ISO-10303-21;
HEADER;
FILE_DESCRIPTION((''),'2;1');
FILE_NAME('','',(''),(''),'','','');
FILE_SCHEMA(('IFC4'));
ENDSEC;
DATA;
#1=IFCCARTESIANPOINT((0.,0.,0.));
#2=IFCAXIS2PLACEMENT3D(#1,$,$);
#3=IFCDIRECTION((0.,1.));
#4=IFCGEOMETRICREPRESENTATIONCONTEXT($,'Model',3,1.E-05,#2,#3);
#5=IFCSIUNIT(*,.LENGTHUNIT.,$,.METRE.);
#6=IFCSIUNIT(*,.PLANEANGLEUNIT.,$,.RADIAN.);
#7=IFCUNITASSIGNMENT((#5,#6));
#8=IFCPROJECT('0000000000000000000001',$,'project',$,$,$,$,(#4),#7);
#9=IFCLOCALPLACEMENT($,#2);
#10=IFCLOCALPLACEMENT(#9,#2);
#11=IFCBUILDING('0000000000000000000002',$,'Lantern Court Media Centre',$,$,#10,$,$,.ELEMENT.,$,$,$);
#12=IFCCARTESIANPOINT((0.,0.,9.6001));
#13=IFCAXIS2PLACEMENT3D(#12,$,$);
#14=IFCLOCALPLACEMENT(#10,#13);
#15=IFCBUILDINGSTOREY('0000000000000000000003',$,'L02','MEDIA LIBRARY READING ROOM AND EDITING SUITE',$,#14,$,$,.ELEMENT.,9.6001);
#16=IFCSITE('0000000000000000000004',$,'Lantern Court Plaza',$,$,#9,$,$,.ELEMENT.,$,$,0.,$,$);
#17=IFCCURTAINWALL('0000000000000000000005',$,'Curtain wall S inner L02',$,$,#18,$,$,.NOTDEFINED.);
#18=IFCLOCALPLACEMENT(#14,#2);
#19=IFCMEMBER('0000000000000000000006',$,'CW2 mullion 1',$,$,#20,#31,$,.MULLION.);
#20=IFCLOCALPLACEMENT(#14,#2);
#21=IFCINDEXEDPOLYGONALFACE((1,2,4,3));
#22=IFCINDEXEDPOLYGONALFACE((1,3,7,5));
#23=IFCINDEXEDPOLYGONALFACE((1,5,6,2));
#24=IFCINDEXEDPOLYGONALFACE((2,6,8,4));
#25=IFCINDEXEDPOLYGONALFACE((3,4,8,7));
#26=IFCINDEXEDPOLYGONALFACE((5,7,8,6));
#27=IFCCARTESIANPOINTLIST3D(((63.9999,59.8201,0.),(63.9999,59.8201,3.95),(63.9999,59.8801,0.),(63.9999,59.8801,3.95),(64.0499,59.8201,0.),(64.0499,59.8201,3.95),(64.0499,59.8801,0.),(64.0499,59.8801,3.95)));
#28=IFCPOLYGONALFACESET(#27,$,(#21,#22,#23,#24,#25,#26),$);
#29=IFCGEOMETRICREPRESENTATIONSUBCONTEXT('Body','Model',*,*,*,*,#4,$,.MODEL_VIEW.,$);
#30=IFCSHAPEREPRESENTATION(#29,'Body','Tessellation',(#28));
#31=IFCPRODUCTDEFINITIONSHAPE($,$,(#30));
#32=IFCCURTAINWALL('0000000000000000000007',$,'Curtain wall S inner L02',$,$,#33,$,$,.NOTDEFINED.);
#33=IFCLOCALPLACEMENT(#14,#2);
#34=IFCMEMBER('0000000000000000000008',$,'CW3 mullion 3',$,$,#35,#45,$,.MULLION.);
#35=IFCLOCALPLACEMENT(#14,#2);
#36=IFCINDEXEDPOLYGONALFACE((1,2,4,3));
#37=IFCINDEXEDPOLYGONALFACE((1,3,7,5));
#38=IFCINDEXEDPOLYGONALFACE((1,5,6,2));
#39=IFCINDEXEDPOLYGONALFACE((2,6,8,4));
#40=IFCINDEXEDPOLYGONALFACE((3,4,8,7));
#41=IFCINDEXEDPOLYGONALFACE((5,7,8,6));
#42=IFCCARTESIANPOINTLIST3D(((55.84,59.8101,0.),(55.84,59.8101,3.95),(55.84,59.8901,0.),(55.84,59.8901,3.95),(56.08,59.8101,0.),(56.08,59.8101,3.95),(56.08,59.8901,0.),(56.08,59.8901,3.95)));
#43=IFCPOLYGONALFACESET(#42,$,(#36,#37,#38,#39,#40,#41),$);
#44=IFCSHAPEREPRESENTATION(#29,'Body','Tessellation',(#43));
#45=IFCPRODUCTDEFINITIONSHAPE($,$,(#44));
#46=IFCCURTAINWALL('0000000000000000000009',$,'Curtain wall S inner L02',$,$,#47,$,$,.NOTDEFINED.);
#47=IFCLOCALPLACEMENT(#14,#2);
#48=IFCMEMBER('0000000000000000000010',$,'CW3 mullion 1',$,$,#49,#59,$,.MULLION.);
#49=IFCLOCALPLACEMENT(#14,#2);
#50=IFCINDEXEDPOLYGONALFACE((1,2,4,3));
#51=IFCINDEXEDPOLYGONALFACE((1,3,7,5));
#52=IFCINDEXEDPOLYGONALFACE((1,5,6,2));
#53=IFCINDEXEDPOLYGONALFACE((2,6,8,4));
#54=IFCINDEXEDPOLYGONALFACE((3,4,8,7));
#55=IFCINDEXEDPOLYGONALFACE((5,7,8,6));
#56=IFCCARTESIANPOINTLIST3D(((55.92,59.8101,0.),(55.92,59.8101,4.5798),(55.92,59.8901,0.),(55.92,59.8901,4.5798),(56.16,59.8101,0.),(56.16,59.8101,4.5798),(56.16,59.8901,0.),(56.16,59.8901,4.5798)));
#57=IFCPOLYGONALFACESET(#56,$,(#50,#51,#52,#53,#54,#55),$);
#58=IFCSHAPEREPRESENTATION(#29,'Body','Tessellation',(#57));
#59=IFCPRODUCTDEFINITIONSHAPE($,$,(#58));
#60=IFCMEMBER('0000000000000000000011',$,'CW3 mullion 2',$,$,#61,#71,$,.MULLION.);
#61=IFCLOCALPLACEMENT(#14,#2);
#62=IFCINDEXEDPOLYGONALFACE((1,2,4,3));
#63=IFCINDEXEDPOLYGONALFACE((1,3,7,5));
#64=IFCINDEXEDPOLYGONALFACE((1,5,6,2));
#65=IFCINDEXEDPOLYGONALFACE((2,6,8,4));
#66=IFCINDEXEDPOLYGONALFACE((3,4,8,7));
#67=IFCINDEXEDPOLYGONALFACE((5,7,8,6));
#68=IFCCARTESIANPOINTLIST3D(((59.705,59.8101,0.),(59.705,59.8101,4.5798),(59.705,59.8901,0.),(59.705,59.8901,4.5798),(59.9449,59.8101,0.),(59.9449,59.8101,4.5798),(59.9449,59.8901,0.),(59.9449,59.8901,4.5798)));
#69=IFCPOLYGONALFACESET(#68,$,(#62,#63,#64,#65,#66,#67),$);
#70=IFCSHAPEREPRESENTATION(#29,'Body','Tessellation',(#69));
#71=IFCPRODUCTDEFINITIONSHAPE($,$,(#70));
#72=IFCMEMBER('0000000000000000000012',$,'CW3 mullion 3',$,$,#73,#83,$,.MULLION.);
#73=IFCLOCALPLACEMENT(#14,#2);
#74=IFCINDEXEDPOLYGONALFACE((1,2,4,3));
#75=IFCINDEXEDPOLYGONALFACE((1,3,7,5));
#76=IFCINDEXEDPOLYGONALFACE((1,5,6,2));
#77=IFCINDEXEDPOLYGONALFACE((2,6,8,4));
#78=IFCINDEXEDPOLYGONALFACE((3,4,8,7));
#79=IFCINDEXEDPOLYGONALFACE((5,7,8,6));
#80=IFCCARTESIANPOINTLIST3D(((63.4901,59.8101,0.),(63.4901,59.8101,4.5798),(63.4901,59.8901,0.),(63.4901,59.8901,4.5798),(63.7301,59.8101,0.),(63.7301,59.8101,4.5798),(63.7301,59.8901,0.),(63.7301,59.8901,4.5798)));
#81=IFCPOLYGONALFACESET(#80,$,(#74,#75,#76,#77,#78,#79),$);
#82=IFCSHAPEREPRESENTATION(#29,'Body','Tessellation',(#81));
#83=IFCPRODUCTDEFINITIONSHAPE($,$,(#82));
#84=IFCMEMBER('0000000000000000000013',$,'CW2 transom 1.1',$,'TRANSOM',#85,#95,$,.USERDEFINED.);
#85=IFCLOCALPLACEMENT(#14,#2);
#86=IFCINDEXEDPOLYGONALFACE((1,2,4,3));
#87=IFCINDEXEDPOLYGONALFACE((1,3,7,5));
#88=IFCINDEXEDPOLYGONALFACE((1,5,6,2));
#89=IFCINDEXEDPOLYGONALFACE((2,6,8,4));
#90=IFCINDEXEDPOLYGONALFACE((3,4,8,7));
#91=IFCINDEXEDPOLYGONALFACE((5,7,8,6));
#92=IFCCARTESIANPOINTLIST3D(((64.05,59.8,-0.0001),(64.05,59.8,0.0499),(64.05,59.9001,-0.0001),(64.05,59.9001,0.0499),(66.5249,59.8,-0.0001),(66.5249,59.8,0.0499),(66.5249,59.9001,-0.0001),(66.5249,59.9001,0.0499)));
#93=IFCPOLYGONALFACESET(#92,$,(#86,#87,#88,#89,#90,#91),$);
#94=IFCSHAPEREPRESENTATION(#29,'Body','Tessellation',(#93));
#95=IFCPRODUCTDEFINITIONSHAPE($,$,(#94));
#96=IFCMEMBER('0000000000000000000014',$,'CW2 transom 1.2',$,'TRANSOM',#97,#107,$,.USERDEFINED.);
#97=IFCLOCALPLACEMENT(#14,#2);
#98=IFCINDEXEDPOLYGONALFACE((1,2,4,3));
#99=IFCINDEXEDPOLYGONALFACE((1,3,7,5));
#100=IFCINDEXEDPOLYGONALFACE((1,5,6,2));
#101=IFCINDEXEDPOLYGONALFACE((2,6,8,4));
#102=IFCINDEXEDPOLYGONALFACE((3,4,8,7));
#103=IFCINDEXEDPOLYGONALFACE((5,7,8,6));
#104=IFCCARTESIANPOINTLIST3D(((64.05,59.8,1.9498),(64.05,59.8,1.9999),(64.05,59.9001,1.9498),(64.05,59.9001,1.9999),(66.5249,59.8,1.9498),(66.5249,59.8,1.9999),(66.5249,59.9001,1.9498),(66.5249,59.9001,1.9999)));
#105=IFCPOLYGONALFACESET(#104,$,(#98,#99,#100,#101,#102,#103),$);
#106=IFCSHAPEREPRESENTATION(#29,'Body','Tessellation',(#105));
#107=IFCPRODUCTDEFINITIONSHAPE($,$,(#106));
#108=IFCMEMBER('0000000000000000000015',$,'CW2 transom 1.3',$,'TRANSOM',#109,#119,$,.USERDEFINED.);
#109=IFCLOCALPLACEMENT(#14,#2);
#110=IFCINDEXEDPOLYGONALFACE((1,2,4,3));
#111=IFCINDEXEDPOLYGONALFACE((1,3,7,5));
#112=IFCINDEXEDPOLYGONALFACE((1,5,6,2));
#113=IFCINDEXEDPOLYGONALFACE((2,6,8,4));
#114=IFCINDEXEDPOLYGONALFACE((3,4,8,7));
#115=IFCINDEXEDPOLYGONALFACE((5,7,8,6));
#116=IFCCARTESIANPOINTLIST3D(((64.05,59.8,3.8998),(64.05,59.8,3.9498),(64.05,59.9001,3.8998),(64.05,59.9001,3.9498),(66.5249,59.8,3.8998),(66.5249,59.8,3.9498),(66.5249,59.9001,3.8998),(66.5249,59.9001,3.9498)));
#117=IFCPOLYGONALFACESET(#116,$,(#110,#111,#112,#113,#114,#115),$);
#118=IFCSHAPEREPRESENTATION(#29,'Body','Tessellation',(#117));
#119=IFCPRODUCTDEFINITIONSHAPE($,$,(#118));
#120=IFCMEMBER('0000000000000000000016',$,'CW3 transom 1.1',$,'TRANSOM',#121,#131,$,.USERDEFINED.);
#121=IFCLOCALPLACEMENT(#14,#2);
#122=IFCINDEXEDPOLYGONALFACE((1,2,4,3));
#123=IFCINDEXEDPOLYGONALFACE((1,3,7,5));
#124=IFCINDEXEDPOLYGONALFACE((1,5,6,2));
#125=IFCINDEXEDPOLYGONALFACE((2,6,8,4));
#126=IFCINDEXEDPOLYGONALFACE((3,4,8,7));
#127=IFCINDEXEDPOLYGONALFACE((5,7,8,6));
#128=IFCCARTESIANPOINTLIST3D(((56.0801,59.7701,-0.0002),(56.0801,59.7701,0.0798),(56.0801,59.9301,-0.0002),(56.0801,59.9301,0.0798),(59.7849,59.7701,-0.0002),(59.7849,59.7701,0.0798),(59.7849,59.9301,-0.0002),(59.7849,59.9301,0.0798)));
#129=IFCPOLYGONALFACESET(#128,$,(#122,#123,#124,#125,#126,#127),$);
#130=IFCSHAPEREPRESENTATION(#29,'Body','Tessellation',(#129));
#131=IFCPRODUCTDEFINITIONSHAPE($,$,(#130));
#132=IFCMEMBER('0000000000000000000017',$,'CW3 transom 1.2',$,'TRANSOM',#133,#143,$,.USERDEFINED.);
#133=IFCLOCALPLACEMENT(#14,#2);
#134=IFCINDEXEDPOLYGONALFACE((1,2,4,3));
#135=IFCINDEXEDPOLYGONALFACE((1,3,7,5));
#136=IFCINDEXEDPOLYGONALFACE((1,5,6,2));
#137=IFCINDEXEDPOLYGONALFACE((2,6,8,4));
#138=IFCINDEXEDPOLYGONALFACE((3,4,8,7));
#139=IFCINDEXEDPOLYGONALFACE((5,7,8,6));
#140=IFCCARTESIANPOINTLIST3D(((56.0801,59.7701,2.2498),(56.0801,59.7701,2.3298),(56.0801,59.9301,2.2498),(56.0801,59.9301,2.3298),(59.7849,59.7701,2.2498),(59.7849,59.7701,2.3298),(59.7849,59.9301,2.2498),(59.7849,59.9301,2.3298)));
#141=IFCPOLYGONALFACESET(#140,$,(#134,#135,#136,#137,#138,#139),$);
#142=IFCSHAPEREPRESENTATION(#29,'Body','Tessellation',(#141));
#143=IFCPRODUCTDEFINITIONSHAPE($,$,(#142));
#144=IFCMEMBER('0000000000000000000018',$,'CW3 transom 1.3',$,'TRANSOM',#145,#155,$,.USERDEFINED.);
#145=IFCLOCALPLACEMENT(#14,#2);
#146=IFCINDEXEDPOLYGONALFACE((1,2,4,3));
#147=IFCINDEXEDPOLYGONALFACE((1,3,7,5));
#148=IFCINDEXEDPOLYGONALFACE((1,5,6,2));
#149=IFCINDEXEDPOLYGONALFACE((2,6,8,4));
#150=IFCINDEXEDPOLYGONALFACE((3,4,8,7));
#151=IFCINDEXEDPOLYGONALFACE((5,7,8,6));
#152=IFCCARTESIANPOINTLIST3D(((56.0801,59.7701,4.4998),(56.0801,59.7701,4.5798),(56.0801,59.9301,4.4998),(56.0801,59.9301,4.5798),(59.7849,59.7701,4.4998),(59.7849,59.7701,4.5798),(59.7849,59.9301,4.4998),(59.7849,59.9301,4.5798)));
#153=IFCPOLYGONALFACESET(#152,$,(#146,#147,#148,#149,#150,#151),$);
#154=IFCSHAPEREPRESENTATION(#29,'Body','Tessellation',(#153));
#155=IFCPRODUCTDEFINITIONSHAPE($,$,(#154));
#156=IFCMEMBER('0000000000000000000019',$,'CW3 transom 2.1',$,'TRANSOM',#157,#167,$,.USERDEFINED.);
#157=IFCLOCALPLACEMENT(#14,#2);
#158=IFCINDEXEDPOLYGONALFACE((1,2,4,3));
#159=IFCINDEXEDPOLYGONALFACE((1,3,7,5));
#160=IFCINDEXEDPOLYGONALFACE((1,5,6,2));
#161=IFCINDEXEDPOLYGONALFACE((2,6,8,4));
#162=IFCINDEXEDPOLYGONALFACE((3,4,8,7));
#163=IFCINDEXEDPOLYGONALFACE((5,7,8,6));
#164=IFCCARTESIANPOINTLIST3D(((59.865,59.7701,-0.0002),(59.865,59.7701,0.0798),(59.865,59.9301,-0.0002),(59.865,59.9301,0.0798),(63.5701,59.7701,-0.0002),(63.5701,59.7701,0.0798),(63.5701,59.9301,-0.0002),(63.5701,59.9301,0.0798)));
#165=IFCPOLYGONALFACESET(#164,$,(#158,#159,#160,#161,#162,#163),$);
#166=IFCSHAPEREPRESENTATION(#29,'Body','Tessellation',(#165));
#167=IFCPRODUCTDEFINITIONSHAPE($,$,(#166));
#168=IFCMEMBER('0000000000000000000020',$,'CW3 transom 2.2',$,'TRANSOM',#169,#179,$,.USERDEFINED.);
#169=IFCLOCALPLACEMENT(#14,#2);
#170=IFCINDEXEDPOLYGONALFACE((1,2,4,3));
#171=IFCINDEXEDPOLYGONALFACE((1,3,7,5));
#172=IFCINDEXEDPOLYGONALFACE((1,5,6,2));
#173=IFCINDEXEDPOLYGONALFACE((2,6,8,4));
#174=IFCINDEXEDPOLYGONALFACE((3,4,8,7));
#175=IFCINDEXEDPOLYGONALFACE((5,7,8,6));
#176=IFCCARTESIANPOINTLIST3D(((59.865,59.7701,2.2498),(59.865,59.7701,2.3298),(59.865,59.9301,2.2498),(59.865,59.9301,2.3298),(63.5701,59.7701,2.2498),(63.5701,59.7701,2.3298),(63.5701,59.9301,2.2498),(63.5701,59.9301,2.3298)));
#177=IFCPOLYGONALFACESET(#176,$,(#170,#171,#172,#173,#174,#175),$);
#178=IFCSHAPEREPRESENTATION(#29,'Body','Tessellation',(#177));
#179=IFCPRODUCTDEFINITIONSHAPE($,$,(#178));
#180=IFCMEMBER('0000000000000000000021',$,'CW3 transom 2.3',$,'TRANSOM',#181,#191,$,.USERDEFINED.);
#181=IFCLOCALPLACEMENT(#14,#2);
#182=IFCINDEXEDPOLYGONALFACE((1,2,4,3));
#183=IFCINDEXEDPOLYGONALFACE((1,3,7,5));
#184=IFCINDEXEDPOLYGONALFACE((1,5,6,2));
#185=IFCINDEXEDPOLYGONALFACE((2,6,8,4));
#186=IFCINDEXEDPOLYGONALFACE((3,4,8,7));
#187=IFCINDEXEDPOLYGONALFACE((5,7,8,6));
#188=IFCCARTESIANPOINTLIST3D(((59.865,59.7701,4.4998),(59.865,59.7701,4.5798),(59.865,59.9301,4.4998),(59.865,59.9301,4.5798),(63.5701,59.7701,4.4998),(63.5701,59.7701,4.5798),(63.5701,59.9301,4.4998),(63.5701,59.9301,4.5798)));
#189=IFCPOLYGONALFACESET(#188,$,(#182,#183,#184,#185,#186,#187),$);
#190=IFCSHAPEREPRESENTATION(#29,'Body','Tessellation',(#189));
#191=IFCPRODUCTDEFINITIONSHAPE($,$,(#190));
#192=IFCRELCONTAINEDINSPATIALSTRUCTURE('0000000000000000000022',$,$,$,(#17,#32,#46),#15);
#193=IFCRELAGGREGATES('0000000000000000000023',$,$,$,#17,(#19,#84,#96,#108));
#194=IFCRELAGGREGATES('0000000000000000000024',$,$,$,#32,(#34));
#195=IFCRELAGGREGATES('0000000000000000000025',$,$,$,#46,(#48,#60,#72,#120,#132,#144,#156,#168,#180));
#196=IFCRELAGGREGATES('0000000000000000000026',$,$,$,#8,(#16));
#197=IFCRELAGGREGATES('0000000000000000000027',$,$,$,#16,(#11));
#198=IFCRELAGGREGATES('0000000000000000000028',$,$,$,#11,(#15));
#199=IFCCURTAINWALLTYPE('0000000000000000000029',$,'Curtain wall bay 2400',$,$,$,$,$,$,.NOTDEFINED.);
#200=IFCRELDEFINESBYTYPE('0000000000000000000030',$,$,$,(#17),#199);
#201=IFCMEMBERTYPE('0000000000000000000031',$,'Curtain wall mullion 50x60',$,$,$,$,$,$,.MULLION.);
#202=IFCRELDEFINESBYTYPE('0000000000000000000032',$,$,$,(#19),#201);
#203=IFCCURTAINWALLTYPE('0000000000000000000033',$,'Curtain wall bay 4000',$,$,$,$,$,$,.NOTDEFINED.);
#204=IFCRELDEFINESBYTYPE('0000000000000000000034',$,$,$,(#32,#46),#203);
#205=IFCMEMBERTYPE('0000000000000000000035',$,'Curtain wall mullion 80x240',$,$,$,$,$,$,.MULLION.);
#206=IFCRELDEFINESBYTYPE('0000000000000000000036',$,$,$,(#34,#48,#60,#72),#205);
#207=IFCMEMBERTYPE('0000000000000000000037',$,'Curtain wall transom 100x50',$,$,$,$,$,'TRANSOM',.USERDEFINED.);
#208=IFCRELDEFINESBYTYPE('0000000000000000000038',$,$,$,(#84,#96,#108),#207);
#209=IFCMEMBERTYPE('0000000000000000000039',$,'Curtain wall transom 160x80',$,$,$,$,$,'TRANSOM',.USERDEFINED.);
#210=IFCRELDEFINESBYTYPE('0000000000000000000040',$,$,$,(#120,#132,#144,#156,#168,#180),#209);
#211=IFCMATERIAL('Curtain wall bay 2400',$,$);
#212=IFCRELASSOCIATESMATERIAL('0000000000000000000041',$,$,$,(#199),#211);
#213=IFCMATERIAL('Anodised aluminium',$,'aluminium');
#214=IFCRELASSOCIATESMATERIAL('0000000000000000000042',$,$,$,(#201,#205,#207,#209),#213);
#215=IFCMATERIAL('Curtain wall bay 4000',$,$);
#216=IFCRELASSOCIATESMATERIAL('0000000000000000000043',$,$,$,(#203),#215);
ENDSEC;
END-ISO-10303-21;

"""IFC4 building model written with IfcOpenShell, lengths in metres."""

from ifc_helpers import new_model, si_unit, direction, frame, origin, origin_2d, place, context, subcontext, project, spatial, rectangle, extrude, material, material_profile, profile_set, type_object, element, aggregate, save


model = new_model("IFC4")

# Units and contexts
model_context = context("Model", 3, precision=1e-05, world=origin(), true_north=direction((0.0, 1.0)))
body_context = subcontext(model_context, "Body", "Model", "MODEL_VIEW")
ifc_project = project(units=[si_unit("LENGTHUNIT", "METRE"), si_unit("PLANEANGLEUNIT", "RADIAN")], contexts=[model_context])

# Site, building, storey
site_placement = place(None, origin())
site = spatial("IfcSite", under=ifc_project, at=site_placement, Name="Lantern Court Plaza", CompositionType="ELEMENT", RefElevation=0.0)
building_placement = place(site_placement, origin())
building = spatial("IfcBuilding", under=site, at=building_placement, Name="Lantern Court Media Centre", CompositionType="ELEMENT")
storey_placement = place(building_placement, frame((0.0, 0.0, 9.6001)))
storey = spatial("IfcBuildingStorey", under=building, at=storey_placement, Name="L02", Description="MEDIA LIBRARY READING ROOM AND EDITING SUITE", CompositionType="ELEMENT", Elevation=9.6001)

# Curtain walls, members
ifc_material_1 = material(Name="Curtain wall bay 2400")
curtain_wall_type_1 = type_object("IfcCurtainWallType", Name="Curtain wall bay 2400", PredefinedType="NOTDEFINED", material=ifc_material_1)
curtain_wall_1_placement = place(storey_placement, origin())
curtain_wall_1 = element("IfcCurtainWall", 1, at=curtain_wall_1_placement, inside=storey, type_object=curtain_wall_type_1, Name="Curtain wall S inner L02", PredefinedType="NOTDEFINED")
ifc_material_2 = material(Name="Anodised aluminium", Category="aluminium")
ifc_material_profile_1 = material_profile(ifc_material_2, rectangle(XDim=0.0601, YDim=0.05, at=origin_2d()), Name="AL 50x60")
ifc_profile_set_1 = profile_set([ifc_material_profile_1], Name="Anodised aluminium")
member_type_1 = type_object("IfcMemberType", Name="Curtain wall mullion 50x60", PredefinedType="MULLION", material=ifc_profile_set_1)
member_1_placement = place(storey_placement, frame((64.0249, 59.8501, 0.0), z_axis=(0.0, 0.0, 1.0), x_axis=(0.0, 1.0, 0.0)))
member_1 = element("IfcMember", 2, at=member_1_placement, type_object=member_type_1, Name="CW2 mullion 1", PredefinedType="MULLION", context=body_context, shape_type="SweptSolid", body=[
    extrude(rectangle(XDim=0.0601, YDim=0.05, at=origin_2d()), origin(), (0.0, 0.0, 1.0), 3.95),
])
ifc_material_3 = material(Name="Curtain wall bay 4000")
curtain_wall_type_2 = type_object("IfcCurtainWallType", Name="Curtain wall bay 4000", PredefinedType="NOTDEFINED", material=ifc_material_3)
curtain_wall_2_placement = place(storey_placement, origin())
curtain_wall_2 = element("IfcCurtainWall", 3, at=curtain_wall_2_placement, inside=storey, type_object=curtain_wall_type_2, Name="Curtain wall S inner L02", PredefinedType="NOTDEFINED")
ifc_material_profile_2 = material_profile(ifc_material_2, rectangle(XDim=0.0801, YDim=0.24, at=origin_2d()), Name="AL 80x240")
ifc_profile_set_2 = profile_set([ifc_material_profile_2], Name="Anodised aluminium")
member_type_2 = type_object("IfcMemberType", Name="Curtain wall mullion 80x240", PredefinedType="MULLION", material=ifc_profile_set_2)
member_2_placement = place(storey_placement, frame((55.96, 59.8501, 0.0), z_axis=(0.0, 0.0, 1.0), x_axis=(0.0, 1.0, 0.0)))
member_2 = element("IfcMember", 4, at=member_2_placement, type_object=member_type_2, Name="CW3 mullion 3", PredefinedType="MULLION", context=body_context, shape_type="SweptSolid", body=[
    extrude(rectangle(XDim=0.0801, YDim=0.24, at=origin_2d()), origin(), (0.0, 0.0, 1.0), 3.95),
])

# Curtain wall, members
curtain_wall_3_placement = place(storey_placement, origin())
curtain_wall_3 = element("IfcCurtainWall", 5, at=curtain_wall_3_placement, inside=storey, type_object=curtain_wall_type_2, Name="Curtain wall S inner L02", PredefinedType="NOTDEFINED")
member_3_placement = place(storey_placement, frame((56.04, 59.8501, 0.0), z_axis=(0.0, 0.0, 1.0), x_axis=(0.0, 1.0, 0.0)))
member_3 = element("IfcMember", 6, at=member_3_placement, type_object=member_type_2, Name="CW3 mullion 1", PredefinedType="MULLION", context=body_context, shape_type="SweptSolid", body=[
    extrude(rectangle(XDim=0.0801, YDim=0.24, at=origin_2d()), origin(), (0.0, 0.0, 1.0), 4.5798),
])
member_4_placement = place(storey_placement, frame((59.825, 59.8501, 0.0), z_axis=(0.0, 0.0, 1.0), x_axis=(0.0, 1.0, 0.0)))
member_4 = element("IfcMember", 7, at=member_4_placement, type_object=member_type_2, Name="CW3 mullion 2", PredefinedType="MULLION", context=body_context, shape_type="SweptSolid", body=[
    extrude(rectangle(XDim=0.0801, YDim=0.24, at=origin_2d()), origin(), (0.0, 0.0, 1.0), 4.5798),
])
member_5_placement = place(storey_placement, frame((63.6101, 59.8501, 0.0), z_axis=(0.0, 0.0, 1.0), x_axis=(0.0, 1.0, 0.0)))
member_5 = element("IfcMember", 8, at=member_5_placement, type_object=member_type_2, Name="CW3 mullion 3", PredefinedType="MULLION", context=body_context, shape_type="SweptSolid", body=[
    extrude(rectangle(XDim=0.0801, YDim=0.24, at=origin_2d()), origin(), (0.0, 0.0, 1.0), 4.5798),
])

# Members
ifc_material_profile_3 = material_profile(ifc_material_2, rectangle(XDim=0.1001, YDim=0.05, at=origin_2d()), Name="AL 50x100")
ifc_profile_set_3 = profile_set([ifc_material_profile_3], Name="Anodised aluminium")
member_type_3 = type_object("IfcMemberType", Name="Curtain wall transom 100x50", ElementType="TRANSOM", PredefinedType="USERDEFINED", material=ifc_profile_set_3)
member_6_placement = place(storey_placement, frame((64.05, 59.8501, 0.0249), z_axis=(1.0, 0.0, 0.0), x_axis=(0.0, 1.0, 0.0)))
member_6 = element("IfcMember", 9, at=member_6_placement, type_object=member_type_3, Name="CW2 transom 1.1", ObjectType="TRANSOM", PredefinedType="USERDEFINED", context=body_context, shape_type="SweptSolid", body=[
    extrude(rectangle(XDim=0.1001, YDim=0.05, at=origin_2d()), origin(), (0.0, 0.0, 1.0), 2.4749),
])
member_7_placement = place(storey_placement, frame((64.05, 59.8501, 1.9749), z_axis=(1.0, 0.0, 0.0), x_axis=(0.0, 1.0, 0.0)))
member_7 = element("IfcMember", 10, at=member_7_placement, type_object=member_type_3, Name="CW2 transom 1.2", ObjectType="TRANSOM", PredefinedType="USERDEFINED", context=body_context, shape_type="SweptSolid", body=[
    extrude(rectangle(XDim=0.1001, YDim=0.05, at=origin_2d()), origin(), (0.0, 0.0, 1.0), 2.4749),
])
member_8_placement = place(storey_placement, frame((64.05, 59.8501, 3.9248), z_axis=(1.0, 0.0, 0.0), x_axis=(0.0, 1.0, 0.0)))
member_8 = element("IfcMember", 11, at=member_8_placement, type_object=member_type_3, Name="CW2 transom 1.3", ObjectType="TRANSOM", PredefinedType="USERDEFINED", context=body_context, shape_type="SweptSolid", body=[
    extrude(rectangle(XDim=0.1001, YDim=0.05, at=origin_2d()), origin(), (0.0, 0.0, 1.0), 2.4749),
])
aggregate(curtain_wall_1, [member_1, member_6, member_7, member_8])
ifc_material_profile_4 = material_profile(ifc_material_2, rectangle(XDim=0.1599, YDim=0.0801, at=origin_2d()), Name="AL 80x160")
ifc_profile_set_4 = profile_set([ifc_material_profile_4], Name="Anodised aluminium")
member_type_4 = type_object("IfcMemberType", Name="Curtain wall transom 160x80", ElementType="TRANSOM", PredefinedType="USERDEFINED", material=ifc_profile_set_4)
member_9_placement = place(storey_placement, frame((56.0801, 59.8501, 0.0398), z_axis=(1.0, 0.0, 0.0), x_axis=(0.0, 1.0, 0.0)))
member_9 = element("IfcMember", 12, at=member_9_placement, type_object=member_type_4, Name="CW3 transom 1.1", ObjectType="TRANSOM", PredefinedType="USERDEFINED", context=body_context, shape_type="SweptSolid", body=[
    extrude(rectangle(XDim=0.1599, YDim=0.0801, at=origin_2d()), origin(), (0.0, 0.0, 1.0), 3.7048),
])
member_10_placement = place(storey_placement, frame((56.0801, 59.8501, 2.2898), z_axis=(1.0, 0.0, 0.0), x_axis=(0.0, 1.0, 0.0)))
member_10 = element("IfcMember", 13, at=member_10_placement, type_object=member_type_4, Name="CW3 transom 1.2", ObjectType="TRANSOM", PredefinedType="USERDEFINED", context=body_context, shape_type="SweptSolid", body=[
    extrude(rectangle(XDim=0.1599, YDim=0.0801, at=origin_2d()), origin(), (0.0, 0.0, 1.0), 3.7048),
])
member_11_placement = place(storey_placement, frame((56.0801, 59.8501, 4.5398), z_axis=(1.0, 0.0, 0.0), x_axis=(0.0, 1.0, 0.0)))
member_11 = element("IfcMember", 14, at=member_11_placement, type_object=member_type_4, Name="CW3 transom 1.3", ObjectType="TRANSOM", PredefinedType="USERDEFINED", context=body_context, shape_type="SweptSolid", body=[
    extrude(rectangle(XDim=0.1599, YDim=0.0801, at=origin_2d()), origin(), (0.0, 0.0, 1.0), 3.7048),
])
member_12_placement = place(storey_placement, frame((59.865, 59.8501, 0.0398), z_axis=(1.0, 0.0, 0.0), x_axis=(0.0, 1.0, 0.0)))
member_12 = element("IfcMember", 15, at=member_12_placement, type_object=member_type_4, Name="CW3 transom 2.1", ObjectType="TRANSOM", PredefinedType="USERDEFINED", context=body_context, shape_type="SweptSolid", body=[
    extrude(rectangle(XDim=0.1599, YDim=0.0801, at=origin_2d()), origin(), (0.0, 0.0, 1.0), 3.7051),
])
member_13_placement = place(storey_placement, frame((59.865, 59.8501, 2.2898), z_axis=(1.0, 0.0, 0.0), x_axis=(0.0, 1.0, 0.0)))
member_13 = element("IfcMember", 16, at=member_13_placement, type_object=member_type_4, Name="CW3 transom 2.2", ObjectType="TRANSOM", PredefinedType="USERDEFINED", context=body_context, shape_type="SweptSolid", body=[
    extrude(rectangle(XDim=0.1599, YDim=0.0801, at=origin_2d()), origin(), (0.0, 0.0, 1.0), 3.7051),
])
member_14_placement = place(storey_placement, frame((59.865, 59.8501, 4.5398), z_axis=(1.0, 0.0, 0.0), x_axis=(0.0, 1.0, 0.0)))
member_14 = element("IfcMember", 17, at=member_14_placement, type_object=member_type_4, Name="CW3 transom 2.3", ObjectType="TRANSOM", PredefinedType="USERDEFINED", context=body_context, shape_type="SweptSolid", body=[
    extrude(rectangle(XDim=0.1599, YDim=0.0801, at=origin_2d()), origin(), (0.0, 0.0, 1.0), 3.7051),
])

aggregate(curtain_wall_2, [member_2])
aggregate(curtain_wall_3, [member_3, member_4, member_5, member_9, member_10, member_11, member_12, member_13, member_14])

save(model, "model.ifc")
